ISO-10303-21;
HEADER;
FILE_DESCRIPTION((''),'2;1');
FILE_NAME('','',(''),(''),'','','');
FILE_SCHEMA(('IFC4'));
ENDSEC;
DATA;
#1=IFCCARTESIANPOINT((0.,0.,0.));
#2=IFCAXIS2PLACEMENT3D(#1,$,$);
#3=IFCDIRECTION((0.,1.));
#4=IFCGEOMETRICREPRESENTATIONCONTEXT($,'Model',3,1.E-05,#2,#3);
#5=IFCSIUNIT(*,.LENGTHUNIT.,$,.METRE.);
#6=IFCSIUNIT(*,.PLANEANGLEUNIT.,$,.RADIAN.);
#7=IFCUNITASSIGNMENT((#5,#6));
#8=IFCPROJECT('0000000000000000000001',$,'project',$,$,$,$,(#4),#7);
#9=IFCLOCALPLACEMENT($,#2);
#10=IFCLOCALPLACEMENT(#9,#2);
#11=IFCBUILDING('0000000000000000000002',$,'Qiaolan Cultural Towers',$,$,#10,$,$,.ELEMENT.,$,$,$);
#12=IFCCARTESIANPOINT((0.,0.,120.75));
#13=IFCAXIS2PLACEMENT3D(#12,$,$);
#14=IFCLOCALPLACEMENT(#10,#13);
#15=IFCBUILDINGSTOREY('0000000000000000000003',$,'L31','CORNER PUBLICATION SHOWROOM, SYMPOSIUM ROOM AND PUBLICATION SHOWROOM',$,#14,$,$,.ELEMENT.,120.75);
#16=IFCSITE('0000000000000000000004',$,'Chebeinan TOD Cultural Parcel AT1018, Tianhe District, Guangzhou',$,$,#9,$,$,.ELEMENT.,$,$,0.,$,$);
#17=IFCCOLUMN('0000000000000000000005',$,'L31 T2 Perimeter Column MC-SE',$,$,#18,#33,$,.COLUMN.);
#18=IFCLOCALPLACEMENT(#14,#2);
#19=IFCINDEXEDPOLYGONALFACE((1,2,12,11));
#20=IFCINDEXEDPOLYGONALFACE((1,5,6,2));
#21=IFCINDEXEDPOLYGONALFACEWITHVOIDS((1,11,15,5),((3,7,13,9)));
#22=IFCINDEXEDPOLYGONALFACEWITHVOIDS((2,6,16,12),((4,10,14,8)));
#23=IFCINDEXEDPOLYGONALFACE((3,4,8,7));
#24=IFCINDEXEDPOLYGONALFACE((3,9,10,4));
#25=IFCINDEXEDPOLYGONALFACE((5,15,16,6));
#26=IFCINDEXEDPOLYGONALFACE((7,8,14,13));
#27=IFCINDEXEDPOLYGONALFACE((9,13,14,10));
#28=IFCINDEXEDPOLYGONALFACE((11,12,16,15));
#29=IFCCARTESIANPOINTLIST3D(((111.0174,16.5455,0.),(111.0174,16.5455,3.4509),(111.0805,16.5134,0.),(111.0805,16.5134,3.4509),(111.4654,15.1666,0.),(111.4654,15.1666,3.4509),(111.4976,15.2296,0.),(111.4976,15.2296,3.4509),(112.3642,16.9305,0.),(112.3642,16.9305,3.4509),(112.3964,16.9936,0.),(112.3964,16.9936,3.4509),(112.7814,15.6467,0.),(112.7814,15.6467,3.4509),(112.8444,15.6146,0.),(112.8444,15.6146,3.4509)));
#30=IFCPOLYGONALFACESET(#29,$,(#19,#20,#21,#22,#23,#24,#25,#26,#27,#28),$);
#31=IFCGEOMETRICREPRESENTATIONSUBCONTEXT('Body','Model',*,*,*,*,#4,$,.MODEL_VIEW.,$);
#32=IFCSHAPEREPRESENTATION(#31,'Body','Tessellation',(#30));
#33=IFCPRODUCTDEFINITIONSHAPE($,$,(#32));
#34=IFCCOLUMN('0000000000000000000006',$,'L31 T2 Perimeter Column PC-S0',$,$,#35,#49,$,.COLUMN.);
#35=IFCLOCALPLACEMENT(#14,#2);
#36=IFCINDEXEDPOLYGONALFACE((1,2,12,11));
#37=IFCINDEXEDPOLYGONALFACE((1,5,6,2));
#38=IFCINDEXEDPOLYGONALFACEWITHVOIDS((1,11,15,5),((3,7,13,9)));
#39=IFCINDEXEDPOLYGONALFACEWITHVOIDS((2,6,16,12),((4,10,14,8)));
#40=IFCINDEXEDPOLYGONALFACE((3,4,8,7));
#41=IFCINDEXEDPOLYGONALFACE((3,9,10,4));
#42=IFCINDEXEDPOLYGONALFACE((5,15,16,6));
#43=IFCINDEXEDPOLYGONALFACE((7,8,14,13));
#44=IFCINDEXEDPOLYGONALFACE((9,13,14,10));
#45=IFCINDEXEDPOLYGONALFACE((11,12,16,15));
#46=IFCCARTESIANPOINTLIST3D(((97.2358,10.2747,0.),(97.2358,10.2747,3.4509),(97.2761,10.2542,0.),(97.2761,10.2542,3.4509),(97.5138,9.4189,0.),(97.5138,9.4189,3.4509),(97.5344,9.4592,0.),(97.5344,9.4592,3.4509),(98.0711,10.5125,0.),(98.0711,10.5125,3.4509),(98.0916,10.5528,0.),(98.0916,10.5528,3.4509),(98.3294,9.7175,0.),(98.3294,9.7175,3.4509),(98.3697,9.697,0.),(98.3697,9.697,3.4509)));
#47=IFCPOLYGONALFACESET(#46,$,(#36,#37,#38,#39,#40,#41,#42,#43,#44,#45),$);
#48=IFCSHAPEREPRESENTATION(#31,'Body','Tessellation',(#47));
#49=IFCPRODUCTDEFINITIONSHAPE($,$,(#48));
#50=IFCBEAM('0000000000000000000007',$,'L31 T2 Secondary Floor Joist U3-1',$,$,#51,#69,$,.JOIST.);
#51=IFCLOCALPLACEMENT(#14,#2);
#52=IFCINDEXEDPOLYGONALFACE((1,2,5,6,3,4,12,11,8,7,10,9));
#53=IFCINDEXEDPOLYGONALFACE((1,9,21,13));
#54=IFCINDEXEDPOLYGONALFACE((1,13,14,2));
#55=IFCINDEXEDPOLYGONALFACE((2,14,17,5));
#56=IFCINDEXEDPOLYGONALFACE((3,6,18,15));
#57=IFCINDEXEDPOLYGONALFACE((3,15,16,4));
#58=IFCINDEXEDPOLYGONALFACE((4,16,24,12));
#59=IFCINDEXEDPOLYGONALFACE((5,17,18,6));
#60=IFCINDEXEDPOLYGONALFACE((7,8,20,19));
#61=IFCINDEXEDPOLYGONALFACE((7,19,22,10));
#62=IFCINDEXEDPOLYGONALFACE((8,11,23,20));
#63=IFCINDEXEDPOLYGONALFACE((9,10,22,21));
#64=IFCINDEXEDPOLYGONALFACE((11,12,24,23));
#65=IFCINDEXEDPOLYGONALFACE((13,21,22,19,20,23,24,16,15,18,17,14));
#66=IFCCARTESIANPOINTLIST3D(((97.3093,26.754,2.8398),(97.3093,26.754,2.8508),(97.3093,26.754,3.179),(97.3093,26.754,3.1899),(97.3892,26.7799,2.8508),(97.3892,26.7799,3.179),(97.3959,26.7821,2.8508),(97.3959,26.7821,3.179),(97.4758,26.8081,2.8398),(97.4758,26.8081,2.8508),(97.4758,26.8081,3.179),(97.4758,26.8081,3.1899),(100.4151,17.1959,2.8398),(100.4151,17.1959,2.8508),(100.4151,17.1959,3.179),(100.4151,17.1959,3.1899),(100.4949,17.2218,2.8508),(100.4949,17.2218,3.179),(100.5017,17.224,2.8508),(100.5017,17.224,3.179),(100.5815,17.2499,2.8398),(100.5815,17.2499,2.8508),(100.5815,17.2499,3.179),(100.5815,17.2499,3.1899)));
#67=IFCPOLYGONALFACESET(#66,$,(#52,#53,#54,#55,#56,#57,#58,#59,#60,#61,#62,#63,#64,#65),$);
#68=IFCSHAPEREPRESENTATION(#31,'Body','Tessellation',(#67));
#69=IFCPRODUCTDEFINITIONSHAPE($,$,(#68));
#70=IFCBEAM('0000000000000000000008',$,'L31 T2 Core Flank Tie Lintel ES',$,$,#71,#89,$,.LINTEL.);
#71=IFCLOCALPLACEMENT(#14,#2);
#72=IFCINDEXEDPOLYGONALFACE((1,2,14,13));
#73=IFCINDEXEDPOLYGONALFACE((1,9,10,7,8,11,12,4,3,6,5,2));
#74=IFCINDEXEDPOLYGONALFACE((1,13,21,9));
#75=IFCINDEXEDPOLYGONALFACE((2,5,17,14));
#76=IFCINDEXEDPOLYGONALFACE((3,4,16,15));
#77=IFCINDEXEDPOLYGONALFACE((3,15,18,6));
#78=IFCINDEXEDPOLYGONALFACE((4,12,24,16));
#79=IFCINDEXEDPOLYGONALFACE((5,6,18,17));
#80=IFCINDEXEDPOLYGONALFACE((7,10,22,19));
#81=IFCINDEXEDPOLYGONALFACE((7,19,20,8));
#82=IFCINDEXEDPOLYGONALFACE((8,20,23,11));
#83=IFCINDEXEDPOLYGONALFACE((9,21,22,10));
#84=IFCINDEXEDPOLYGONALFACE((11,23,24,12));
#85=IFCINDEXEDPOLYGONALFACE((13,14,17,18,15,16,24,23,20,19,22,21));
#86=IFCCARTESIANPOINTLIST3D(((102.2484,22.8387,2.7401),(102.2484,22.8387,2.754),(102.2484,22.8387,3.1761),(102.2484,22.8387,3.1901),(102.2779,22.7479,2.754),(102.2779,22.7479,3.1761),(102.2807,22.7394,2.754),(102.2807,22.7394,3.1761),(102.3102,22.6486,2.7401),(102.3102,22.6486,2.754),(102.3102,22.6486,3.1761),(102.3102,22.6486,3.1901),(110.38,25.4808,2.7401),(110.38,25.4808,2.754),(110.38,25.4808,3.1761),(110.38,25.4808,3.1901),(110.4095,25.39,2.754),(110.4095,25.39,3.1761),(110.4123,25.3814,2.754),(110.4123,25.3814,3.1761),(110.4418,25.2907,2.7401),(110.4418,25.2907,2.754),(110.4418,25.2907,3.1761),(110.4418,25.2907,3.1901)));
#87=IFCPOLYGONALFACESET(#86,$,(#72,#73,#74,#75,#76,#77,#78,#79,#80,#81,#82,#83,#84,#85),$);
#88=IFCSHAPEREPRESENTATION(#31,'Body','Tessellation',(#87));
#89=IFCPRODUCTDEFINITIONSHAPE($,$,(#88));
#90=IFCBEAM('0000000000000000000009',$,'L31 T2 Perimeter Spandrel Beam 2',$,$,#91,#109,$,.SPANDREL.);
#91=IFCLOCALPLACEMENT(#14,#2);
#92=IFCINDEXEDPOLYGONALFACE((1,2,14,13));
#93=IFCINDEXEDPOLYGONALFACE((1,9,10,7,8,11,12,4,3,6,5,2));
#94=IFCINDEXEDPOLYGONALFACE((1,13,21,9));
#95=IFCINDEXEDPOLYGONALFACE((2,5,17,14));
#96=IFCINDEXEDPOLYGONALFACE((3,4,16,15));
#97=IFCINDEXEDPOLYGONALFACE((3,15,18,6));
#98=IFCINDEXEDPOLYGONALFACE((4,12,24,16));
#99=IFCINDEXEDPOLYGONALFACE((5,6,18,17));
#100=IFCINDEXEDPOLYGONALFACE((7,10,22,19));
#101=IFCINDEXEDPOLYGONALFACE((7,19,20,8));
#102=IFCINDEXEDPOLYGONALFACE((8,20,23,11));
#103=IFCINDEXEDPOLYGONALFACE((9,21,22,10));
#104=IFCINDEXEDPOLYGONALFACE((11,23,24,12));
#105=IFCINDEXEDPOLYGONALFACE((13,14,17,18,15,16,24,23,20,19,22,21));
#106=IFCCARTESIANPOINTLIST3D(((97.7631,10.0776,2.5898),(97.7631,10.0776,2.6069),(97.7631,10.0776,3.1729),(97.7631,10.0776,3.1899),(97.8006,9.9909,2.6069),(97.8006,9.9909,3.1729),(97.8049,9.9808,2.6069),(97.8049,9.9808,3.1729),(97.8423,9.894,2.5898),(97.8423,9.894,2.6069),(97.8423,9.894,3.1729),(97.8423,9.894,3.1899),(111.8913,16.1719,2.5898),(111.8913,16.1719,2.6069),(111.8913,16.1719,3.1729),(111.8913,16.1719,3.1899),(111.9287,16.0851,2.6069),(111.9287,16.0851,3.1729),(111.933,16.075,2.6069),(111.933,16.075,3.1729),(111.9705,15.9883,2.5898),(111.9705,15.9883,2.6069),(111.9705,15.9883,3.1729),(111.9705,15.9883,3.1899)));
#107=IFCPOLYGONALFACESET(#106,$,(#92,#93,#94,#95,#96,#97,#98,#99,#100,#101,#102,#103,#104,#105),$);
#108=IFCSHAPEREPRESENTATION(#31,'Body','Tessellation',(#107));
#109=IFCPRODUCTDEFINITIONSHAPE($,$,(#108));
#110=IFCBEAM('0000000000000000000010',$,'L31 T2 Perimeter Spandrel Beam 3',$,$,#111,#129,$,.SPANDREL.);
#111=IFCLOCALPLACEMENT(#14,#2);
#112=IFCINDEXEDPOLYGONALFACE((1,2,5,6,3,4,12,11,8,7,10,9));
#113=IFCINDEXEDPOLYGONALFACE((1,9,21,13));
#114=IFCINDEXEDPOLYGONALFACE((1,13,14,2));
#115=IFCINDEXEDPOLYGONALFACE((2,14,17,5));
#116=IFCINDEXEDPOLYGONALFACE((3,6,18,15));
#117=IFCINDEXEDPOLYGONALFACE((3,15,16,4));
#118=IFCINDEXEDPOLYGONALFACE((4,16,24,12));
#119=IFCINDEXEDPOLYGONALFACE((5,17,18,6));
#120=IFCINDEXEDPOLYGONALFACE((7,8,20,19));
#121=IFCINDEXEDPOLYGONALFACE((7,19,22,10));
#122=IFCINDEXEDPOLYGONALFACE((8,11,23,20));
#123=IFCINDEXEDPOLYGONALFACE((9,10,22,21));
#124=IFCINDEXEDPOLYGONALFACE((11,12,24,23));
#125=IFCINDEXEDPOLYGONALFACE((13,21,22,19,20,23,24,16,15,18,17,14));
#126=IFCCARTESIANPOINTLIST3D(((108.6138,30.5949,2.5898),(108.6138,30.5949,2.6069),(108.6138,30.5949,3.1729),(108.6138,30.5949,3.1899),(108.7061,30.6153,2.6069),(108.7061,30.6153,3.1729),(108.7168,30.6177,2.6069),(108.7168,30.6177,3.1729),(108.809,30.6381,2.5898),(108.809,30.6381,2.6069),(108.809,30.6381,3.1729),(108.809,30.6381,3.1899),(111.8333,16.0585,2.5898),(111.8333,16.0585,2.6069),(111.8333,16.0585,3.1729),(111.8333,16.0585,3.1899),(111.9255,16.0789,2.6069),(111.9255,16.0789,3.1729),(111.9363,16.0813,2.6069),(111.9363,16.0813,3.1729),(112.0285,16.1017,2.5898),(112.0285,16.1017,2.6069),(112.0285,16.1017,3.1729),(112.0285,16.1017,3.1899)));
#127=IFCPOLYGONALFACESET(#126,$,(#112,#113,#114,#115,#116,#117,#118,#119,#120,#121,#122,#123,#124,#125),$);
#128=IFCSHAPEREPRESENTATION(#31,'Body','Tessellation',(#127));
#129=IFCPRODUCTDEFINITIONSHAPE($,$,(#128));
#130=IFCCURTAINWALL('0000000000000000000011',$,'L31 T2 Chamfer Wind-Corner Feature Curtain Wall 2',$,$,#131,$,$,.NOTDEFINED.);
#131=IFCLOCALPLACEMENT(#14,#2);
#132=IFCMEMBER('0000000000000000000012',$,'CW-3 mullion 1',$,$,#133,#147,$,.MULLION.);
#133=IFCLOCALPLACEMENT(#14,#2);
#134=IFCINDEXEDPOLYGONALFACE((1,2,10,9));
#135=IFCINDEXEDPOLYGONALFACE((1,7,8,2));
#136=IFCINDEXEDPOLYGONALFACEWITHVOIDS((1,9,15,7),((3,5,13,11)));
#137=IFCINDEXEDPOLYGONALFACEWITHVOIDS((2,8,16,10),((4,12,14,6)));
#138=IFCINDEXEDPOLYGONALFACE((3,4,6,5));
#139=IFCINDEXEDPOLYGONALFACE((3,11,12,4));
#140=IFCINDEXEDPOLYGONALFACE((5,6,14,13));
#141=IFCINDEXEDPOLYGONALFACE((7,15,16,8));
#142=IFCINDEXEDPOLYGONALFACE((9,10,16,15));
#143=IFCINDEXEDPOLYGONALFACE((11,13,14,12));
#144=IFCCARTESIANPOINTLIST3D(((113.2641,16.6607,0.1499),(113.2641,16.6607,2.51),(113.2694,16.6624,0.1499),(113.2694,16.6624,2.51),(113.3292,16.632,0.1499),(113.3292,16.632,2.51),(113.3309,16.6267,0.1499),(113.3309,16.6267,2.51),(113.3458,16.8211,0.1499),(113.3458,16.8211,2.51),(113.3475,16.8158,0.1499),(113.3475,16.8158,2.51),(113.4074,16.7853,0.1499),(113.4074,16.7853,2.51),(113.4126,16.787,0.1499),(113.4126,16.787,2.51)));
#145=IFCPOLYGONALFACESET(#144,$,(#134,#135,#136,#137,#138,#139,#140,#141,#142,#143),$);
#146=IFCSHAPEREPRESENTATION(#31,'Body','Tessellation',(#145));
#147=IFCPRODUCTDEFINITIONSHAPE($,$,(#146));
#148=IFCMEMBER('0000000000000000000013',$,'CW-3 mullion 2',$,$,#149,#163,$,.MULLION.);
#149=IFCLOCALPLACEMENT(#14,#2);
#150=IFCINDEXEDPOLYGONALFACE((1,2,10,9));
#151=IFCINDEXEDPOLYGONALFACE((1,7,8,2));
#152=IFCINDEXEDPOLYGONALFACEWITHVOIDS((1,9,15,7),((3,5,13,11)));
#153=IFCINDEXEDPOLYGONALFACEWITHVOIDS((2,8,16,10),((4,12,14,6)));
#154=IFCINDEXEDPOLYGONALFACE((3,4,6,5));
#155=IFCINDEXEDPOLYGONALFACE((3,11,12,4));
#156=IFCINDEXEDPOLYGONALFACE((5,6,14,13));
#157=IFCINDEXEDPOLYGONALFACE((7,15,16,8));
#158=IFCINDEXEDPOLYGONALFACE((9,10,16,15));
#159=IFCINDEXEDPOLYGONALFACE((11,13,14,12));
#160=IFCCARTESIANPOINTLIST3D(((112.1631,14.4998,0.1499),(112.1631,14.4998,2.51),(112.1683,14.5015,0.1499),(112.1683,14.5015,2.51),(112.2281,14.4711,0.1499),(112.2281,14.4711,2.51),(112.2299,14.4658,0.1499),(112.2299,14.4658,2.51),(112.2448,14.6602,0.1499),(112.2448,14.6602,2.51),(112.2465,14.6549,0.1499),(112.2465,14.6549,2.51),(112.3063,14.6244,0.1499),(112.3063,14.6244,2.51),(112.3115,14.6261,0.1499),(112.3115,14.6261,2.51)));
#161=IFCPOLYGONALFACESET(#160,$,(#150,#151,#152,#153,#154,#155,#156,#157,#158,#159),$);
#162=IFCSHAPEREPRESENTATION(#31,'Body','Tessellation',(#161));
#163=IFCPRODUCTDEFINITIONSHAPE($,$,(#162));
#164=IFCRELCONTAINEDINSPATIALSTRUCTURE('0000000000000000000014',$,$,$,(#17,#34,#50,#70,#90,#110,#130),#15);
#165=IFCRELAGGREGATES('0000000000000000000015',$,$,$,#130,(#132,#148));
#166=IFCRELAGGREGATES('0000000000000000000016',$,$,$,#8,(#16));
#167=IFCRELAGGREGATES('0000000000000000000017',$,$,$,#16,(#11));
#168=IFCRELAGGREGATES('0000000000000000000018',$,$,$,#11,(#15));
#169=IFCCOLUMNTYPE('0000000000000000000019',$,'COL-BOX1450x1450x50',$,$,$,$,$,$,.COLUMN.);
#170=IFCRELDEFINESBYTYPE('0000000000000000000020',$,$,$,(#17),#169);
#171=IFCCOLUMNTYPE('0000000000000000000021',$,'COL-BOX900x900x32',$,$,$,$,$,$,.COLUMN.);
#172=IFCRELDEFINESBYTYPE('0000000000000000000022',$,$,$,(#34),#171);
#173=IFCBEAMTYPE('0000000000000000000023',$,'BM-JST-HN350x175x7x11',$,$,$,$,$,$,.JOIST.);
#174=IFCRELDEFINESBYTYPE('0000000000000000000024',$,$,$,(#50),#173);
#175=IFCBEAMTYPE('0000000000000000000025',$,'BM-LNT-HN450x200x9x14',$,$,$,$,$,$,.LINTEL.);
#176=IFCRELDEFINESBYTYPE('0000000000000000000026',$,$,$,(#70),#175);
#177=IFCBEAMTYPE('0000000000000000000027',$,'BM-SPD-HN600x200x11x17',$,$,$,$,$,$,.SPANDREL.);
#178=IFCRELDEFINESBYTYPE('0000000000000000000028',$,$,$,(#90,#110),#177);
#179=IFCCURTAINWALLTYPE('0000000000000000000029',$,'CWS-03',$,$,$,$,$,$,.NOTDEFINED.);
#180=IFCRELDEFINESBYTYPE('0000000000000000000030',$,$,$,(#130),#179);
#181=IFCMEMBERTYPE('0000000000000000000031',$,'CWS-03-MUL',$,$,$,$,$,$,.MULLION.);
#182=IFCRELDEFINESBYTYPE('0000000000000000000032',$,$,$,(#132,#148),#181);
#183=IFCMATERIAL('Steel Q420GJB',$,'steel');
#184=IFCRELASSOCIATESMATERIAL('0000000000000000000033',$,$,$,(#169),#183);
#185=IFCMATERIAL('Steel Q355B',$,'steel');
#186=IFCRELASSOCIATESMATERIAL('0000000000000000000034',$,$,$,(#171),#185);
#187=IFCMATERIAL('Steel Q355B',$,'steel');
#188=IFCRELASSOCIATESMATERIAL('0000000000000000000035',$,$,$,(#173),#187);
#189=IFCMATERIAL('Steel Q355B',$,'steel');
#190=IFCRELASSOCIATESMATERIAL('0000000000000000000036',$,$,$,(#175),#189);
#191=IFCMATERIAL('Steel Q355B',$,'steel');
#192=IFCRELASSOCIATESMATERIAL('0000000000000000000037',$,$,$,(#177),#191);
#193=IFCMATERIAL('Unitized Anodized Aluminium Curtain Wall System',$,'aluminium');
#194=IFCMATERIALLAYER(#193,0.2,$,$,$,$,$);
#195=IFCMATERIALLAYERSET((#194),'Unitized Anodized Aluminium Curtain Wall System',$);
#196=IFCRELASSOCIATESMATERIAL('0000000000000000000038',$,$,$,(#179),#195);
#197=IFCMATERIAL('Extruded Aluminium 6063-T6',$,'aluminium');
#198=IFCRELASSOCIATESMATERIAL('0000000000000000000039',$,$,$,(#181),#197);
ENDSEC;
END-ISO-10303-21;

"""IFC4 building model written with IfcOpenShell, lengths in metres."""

from ifc_helpers import new_model, si_unit, direction, frame, origin, origin_2d, place, context, subcontext, project, spatial, hollow_rectangle, i_section, extrude, material, layer, layer_set, material_profile, profile_set, type_object, element, aggregate, save


model = new_model("IFC4")

# Units and contexts
model_context = context("Model", 3, precision=1e-05, world=origin(), true_north=direction((0.0, 1.0)))
body_context = subcontext(model_context, "Body", "Model", "MODEL_VIEW")
ifc_project = project(units=[si_unit("LENGTHUNIT", "METRE"), si_unit("PLANEANGLEUNIT", "RADIAN")], contexts=[model_context])

# Site, building, storey
site_placement = place(None, origin())
site = spatial("IfcSite", under=ifc_project, at=site_placement, Name="Chebeinan TOD Cultural Parcel AT1018, Tianhe District, Guangzhou", CompositionType="ELEMENT", RefElevation=0.0)
building_placement = place(site_placement, origin())
building = spatial("IfcBuilding", under=site, at=building_placement, Name="Qiaolan Cultural Towers", CompositionType="ELEMENT")
storey_placement = place(building_placement, frame((0.0, 0.0, 120.75)))
storey = spatial("IfcBuildingStorey", under=building, at=storey_placement, Name="L31", Description="CORNER PUBLICATION SHOWROOM, SYMPOSIUM ROOM AND PUBLICATION SHOWROOM", CompositionType="ELEMENT", Elevation=120.75)

# Columns
ifc_material_1 = material(Name="Steel Q420GJB", Category="steel")
ifc_material_profile_1 = material_profile(ifc_material_1, hollow_rectangle(XDim=1.45, YDim=1.45, WallThickness=0.05, at=origin_2d()), Name="BOX1450x1450x50")
ifc_profile_set_1 = profile_set([ifc_material_profile_1], Name="Steel Q420GJB")
column_type_1 = type_object("IfcColumnType", Name="COL-BOX1450x1450x50", PredefinedType="COLUMN", material=ifc_profile_set_1)
column_1_placement = place(storey_placement, frame((111.9309, 16.0801, 0.0), z_axis=(0.0, 0.0, 1.0), x_axis=(0.951057, 0.309017, 0.0)))
element("IfcColumn", 1, at=column_1_placement, inside=storey, type_object=column_type_1, Name="L31 T2 Perimeter Column MC-SE", PredefinedType="COLUMN", context=body_context, shape_type="SweptSolid", body=[
    extrude(hollow_rectangle(XDim=1.45, YDim=1.45, WallThickness=0.05, at=origin_2d()), origin(), (0.0, 0.0, 1.0), 3.4509),
])
ifc_material_2 = material(Name="Steel Q355B", Category="steel")
ifc_material_profile_2 = material_profile(ifc_material_2, hollow_rectangle(XDim=0.8999, YDim=0.8999, WallThickness=0.032, at=origin_2d()), Name="BOX900x900x32")
ifc_profile_set_2 = profile_set([ifc_material_profile_2], Name="Steel Q355B")
column_type_2 = type_object("IfcColumnType", Name="COL-BOX900x900x32", PredefinedType="COLUMN", material=ifc_profile_set_2)
column_2_placement = place(storey_placement, frame((97.8027, 9.9858, 0.0), z_axis=(0.0, 0.0, 1.0), x_axis=(0.951057, 0.309017, 0.0)))
element("IfcColumn", 2, at=column_2_placement, inside=storey, type_object=column_type_2, Name="L31 T2 Perimeter Column PC-S0", PredefinedType="COLUMN", context=body_context, shape_type="SweptSolid", body=[
    extrude(hollow_rectangle(XDim=0.8999, YDim=0.8999, WallThickness=0.032, at=origin_2d()), origin(), (0.0, 0.0, 1.0), 3.4509),
])

# Beams
ifc_material_3 = material(Name="Steel Q355B", Category="steel")
ifc_material_profile_3 = material_profile(ifc_material_3, i_section(OverallWidth=0.175, OverallDepth=0.3501, WebThickness=0.0071, FlangeThickness=0.011, at=origin_2d()), Name="HN350x175x7x11")
ifc_profile_set_3 = profile_set([ifc_material_profile_3], Name="Steel Q355B")
beam_type_1 = type_object("IfcBeamType", Name="BM-JST-HN350x175x7x11", PredefinedType="JOIST", material=ifc_profile_set_3)
beam_1_placement = place(storey_placement, frame((100.4983, 17.2229, 3.0149), z_axis=(-0.309026, 0.951054, 0.0), x_axis=(-0.951054, -0.309026, 0.0)))
element("IfcBeam", 3, at=beam_1_placement, inside=storey, type_object=beam_type_1, Name="L31 T2 Secondary Floor Joist U3-1", PredefinedType="JOIST", context=body_context, shape_type="SweptSolid", body=[
    extrude(i_section(OverallWidth=0.175, OverallDepth=0.3501, WebThickness=0.0071, FlangeThickness=0.011, at=origin_2d()), origin(), (0.0, 0.0, 1.0), 10.05),
])
ifc_material_4 = material(Name="Steel Q355B", Category="steel")
ifc_material_profile_4 = material_profile(ifc_material_4, i_section(OverallWidth=0.2, OverallDepth=0.45, WebThickness=0.009, FlangeThickness=0.0139, at=origin_2d()), Name="HN450x200x9x14")
ifc_profile_set_4 = profile_set([ifc_material_profile_4], Name="Steel Q355B")
beam_type_2 = type_object("IfcBeamType", Name="BM-LNT-HN450x200x9x14", PredefinedType="LINTEL", material=ifc_profile_set_4)
beam_2_placement = place(storey_placement, frame((102.2793, 22.7437, 2.9651), z_axis=(0.951057, 0.309014, 0.0), x_axis=(-0.309014, 0.951057, 0.0)))
element("IfcBeam", 4, at=beam_2_placement, inside=storey, type_object=beam_type_2, Name="L31 T2 Core Flank Tie Lintel ES", PredefinedType="LINTEL", context=body_context, shape_type="SweptSolid", body=[
    extrude(i_section(OverallWidth=0.2, OverallDepth=0.45, WebThickness=0.009, FlangeThickness=0.0139, at=origin_2d()), origin(), (0.0, 0.0, 1.0), 8.55),
])
ifc_material_5 = material(Name="Steel Q355B", Category="steel")
ifc_material_profile_5 = material_profile(ifc_material_5, i_section(OverallWidth=0.2, OverallDepth=0.6001, WebThickness=0.011, FlangeThickness=0.0171, at=origin_2d()), Name="HN600x200x11x17")
ifc_profile_set_5 = profile_set([ifc_material_profile_5], Name="Steel Q355B")
beam_type_3 = type_object("IfcBeamType", Name="BM-SPD-HN600x200x11x17", PredefinedType="SPANDREL", material=ifc_profile_set_5)
beam_3_placement = place(storey_placement, frame((97.8027, 9.9858, 2.8899), z_axis=(0.918218, 0.396076, 0.0), x_axis=(-0.396076, 0.918218, 0.0)))
element("IfcBeam", 5, at=beam_3_placement, inside=storey, type_object=beam_type_3, Name="L31 T2 Perimeter Spandrel Beam 2", PredefinedType="SPANDREL", context=body_context, shape_type="SweptSolid", body=[
    extrude(i_section(OverallWidth=0.2, OverallDepth=0.6001, WebThickness=0.011, FlangeThickness=0.0171, at=origin_2d()), origin(), (0.0, 0.0, 1.0), 15.3865),
])
beam_4_placement = place(storey_placement, frame((111.9309, 16.0801, 2.8899), z_axis=(-0.216238, 0.976341, 0.0), x_axis=(-0.976341, -0.216238, 0.0)))
element("IfcBeam", 6, at=beam_4_placement, inside=storey, type_object=beam_type_3, Name="L31 T2 Perimeter Spandrel Beam 3", PredefinedType="SPANDREL", context=body_context, shape_type="SweptSolid", body=[
    extrude(i_section(OverallWidth=0.2, OverallDepth=0.6001, WebThickness=0.011, FlangeThickness=0.0171, at=origin_2d()), origin(), (0.0, 0.0, 1.0), 14.8887),
])

# Curtain wall, members
ifc_material_6 = material(Name="Unitized Anodized Aluminium Curtain Wall System", Category="aluminium")
ifc_layer_1 = layer(ifc_material_6, 0.2)
ifc_layer_set_1 = layer_set([ifc_layer_1], Name="Unitized Anodized Aluminium Curtain Wall System")
curtain_wall_type = type_object("IfcCurtainWallType", Name="CWS-03", PredefinedType="NOTDEFINED", material=ifc_layer_set_1)
curtain_wall_placement = place(storey_placement, origin())
curtain_wall = element("IfcCurtainWall", 7, at=curtain_wall_placement, inside=storey, type_object=curtain_wall_type, Name="L31 T2 Chamfer Wind-Corner Feature Curtain Wall 2", PredefinedType="NOTDEFINED")
ifc_material_7 = material(Name="Extruded Aluminium 6063-T6", Category="aluminium")
ifc_material_profile_6 = material_profile(ifc_material_7, hollow_rectangle(XDim=0.075, YDim=0.1799, WallThickness=0.0039, at=origin_2d()), Name="CWM-180x75x4")
ifc_profile_set_6 = profile_set([ifc_material_profile_6], Name="Extruded Aluminium 6063-T6")
member_type_1 = type_object("IfcMemberType", Name="CWS-03-MUL", PredefinedType="MULLION", material=ifc_profile_set_6)
member_1_placement = place(storey_placement, frame((113.3384, 16.7239, 0.1499), z_axis=(0.0, 0.0, 1.0), x_axis=(0.891006, -0.453991, 0.0)))
member_1 = element("IfcMember", 8, at=member_1_placement, type_object=member_type_1, Name="CW-3 mullion 1", PredefinedType="MULLION", context=body_context, shape_type="SweptSolid", body=[
    extrude(hollow_rectangle(XDim=0.075, YDim=0.1799, WallThickness=0.0039, at=origin_2d()), origin(), (0.0, 0.0, 1.0), 2.3601),
])
member_2_placement = place(storey_placement, frame((112.2373, 14.563, 0.1499), z_axis=(0.0, 0.0, 1.0), x_axis=(0.891006, -0.453991, 0.0)))
member_2 = element("IfcMember", 9, at=member_2_placement, type_object=member_type_1, Name="CW-3 mullion 2", PredefinedType="MULLION", context=body_context, shape_type="SweptSolid", body=[
    extrude(hollow_rectangle(XDim=0.075, YDim=0.1799, WallThickness=0.0039, at=origin_2d()), origin(), (0.0, 0.0, 1.0), 2.3601),
])

aggregate(curtain_wall, [member_1, member_2])

save(model, "model.ifc")
